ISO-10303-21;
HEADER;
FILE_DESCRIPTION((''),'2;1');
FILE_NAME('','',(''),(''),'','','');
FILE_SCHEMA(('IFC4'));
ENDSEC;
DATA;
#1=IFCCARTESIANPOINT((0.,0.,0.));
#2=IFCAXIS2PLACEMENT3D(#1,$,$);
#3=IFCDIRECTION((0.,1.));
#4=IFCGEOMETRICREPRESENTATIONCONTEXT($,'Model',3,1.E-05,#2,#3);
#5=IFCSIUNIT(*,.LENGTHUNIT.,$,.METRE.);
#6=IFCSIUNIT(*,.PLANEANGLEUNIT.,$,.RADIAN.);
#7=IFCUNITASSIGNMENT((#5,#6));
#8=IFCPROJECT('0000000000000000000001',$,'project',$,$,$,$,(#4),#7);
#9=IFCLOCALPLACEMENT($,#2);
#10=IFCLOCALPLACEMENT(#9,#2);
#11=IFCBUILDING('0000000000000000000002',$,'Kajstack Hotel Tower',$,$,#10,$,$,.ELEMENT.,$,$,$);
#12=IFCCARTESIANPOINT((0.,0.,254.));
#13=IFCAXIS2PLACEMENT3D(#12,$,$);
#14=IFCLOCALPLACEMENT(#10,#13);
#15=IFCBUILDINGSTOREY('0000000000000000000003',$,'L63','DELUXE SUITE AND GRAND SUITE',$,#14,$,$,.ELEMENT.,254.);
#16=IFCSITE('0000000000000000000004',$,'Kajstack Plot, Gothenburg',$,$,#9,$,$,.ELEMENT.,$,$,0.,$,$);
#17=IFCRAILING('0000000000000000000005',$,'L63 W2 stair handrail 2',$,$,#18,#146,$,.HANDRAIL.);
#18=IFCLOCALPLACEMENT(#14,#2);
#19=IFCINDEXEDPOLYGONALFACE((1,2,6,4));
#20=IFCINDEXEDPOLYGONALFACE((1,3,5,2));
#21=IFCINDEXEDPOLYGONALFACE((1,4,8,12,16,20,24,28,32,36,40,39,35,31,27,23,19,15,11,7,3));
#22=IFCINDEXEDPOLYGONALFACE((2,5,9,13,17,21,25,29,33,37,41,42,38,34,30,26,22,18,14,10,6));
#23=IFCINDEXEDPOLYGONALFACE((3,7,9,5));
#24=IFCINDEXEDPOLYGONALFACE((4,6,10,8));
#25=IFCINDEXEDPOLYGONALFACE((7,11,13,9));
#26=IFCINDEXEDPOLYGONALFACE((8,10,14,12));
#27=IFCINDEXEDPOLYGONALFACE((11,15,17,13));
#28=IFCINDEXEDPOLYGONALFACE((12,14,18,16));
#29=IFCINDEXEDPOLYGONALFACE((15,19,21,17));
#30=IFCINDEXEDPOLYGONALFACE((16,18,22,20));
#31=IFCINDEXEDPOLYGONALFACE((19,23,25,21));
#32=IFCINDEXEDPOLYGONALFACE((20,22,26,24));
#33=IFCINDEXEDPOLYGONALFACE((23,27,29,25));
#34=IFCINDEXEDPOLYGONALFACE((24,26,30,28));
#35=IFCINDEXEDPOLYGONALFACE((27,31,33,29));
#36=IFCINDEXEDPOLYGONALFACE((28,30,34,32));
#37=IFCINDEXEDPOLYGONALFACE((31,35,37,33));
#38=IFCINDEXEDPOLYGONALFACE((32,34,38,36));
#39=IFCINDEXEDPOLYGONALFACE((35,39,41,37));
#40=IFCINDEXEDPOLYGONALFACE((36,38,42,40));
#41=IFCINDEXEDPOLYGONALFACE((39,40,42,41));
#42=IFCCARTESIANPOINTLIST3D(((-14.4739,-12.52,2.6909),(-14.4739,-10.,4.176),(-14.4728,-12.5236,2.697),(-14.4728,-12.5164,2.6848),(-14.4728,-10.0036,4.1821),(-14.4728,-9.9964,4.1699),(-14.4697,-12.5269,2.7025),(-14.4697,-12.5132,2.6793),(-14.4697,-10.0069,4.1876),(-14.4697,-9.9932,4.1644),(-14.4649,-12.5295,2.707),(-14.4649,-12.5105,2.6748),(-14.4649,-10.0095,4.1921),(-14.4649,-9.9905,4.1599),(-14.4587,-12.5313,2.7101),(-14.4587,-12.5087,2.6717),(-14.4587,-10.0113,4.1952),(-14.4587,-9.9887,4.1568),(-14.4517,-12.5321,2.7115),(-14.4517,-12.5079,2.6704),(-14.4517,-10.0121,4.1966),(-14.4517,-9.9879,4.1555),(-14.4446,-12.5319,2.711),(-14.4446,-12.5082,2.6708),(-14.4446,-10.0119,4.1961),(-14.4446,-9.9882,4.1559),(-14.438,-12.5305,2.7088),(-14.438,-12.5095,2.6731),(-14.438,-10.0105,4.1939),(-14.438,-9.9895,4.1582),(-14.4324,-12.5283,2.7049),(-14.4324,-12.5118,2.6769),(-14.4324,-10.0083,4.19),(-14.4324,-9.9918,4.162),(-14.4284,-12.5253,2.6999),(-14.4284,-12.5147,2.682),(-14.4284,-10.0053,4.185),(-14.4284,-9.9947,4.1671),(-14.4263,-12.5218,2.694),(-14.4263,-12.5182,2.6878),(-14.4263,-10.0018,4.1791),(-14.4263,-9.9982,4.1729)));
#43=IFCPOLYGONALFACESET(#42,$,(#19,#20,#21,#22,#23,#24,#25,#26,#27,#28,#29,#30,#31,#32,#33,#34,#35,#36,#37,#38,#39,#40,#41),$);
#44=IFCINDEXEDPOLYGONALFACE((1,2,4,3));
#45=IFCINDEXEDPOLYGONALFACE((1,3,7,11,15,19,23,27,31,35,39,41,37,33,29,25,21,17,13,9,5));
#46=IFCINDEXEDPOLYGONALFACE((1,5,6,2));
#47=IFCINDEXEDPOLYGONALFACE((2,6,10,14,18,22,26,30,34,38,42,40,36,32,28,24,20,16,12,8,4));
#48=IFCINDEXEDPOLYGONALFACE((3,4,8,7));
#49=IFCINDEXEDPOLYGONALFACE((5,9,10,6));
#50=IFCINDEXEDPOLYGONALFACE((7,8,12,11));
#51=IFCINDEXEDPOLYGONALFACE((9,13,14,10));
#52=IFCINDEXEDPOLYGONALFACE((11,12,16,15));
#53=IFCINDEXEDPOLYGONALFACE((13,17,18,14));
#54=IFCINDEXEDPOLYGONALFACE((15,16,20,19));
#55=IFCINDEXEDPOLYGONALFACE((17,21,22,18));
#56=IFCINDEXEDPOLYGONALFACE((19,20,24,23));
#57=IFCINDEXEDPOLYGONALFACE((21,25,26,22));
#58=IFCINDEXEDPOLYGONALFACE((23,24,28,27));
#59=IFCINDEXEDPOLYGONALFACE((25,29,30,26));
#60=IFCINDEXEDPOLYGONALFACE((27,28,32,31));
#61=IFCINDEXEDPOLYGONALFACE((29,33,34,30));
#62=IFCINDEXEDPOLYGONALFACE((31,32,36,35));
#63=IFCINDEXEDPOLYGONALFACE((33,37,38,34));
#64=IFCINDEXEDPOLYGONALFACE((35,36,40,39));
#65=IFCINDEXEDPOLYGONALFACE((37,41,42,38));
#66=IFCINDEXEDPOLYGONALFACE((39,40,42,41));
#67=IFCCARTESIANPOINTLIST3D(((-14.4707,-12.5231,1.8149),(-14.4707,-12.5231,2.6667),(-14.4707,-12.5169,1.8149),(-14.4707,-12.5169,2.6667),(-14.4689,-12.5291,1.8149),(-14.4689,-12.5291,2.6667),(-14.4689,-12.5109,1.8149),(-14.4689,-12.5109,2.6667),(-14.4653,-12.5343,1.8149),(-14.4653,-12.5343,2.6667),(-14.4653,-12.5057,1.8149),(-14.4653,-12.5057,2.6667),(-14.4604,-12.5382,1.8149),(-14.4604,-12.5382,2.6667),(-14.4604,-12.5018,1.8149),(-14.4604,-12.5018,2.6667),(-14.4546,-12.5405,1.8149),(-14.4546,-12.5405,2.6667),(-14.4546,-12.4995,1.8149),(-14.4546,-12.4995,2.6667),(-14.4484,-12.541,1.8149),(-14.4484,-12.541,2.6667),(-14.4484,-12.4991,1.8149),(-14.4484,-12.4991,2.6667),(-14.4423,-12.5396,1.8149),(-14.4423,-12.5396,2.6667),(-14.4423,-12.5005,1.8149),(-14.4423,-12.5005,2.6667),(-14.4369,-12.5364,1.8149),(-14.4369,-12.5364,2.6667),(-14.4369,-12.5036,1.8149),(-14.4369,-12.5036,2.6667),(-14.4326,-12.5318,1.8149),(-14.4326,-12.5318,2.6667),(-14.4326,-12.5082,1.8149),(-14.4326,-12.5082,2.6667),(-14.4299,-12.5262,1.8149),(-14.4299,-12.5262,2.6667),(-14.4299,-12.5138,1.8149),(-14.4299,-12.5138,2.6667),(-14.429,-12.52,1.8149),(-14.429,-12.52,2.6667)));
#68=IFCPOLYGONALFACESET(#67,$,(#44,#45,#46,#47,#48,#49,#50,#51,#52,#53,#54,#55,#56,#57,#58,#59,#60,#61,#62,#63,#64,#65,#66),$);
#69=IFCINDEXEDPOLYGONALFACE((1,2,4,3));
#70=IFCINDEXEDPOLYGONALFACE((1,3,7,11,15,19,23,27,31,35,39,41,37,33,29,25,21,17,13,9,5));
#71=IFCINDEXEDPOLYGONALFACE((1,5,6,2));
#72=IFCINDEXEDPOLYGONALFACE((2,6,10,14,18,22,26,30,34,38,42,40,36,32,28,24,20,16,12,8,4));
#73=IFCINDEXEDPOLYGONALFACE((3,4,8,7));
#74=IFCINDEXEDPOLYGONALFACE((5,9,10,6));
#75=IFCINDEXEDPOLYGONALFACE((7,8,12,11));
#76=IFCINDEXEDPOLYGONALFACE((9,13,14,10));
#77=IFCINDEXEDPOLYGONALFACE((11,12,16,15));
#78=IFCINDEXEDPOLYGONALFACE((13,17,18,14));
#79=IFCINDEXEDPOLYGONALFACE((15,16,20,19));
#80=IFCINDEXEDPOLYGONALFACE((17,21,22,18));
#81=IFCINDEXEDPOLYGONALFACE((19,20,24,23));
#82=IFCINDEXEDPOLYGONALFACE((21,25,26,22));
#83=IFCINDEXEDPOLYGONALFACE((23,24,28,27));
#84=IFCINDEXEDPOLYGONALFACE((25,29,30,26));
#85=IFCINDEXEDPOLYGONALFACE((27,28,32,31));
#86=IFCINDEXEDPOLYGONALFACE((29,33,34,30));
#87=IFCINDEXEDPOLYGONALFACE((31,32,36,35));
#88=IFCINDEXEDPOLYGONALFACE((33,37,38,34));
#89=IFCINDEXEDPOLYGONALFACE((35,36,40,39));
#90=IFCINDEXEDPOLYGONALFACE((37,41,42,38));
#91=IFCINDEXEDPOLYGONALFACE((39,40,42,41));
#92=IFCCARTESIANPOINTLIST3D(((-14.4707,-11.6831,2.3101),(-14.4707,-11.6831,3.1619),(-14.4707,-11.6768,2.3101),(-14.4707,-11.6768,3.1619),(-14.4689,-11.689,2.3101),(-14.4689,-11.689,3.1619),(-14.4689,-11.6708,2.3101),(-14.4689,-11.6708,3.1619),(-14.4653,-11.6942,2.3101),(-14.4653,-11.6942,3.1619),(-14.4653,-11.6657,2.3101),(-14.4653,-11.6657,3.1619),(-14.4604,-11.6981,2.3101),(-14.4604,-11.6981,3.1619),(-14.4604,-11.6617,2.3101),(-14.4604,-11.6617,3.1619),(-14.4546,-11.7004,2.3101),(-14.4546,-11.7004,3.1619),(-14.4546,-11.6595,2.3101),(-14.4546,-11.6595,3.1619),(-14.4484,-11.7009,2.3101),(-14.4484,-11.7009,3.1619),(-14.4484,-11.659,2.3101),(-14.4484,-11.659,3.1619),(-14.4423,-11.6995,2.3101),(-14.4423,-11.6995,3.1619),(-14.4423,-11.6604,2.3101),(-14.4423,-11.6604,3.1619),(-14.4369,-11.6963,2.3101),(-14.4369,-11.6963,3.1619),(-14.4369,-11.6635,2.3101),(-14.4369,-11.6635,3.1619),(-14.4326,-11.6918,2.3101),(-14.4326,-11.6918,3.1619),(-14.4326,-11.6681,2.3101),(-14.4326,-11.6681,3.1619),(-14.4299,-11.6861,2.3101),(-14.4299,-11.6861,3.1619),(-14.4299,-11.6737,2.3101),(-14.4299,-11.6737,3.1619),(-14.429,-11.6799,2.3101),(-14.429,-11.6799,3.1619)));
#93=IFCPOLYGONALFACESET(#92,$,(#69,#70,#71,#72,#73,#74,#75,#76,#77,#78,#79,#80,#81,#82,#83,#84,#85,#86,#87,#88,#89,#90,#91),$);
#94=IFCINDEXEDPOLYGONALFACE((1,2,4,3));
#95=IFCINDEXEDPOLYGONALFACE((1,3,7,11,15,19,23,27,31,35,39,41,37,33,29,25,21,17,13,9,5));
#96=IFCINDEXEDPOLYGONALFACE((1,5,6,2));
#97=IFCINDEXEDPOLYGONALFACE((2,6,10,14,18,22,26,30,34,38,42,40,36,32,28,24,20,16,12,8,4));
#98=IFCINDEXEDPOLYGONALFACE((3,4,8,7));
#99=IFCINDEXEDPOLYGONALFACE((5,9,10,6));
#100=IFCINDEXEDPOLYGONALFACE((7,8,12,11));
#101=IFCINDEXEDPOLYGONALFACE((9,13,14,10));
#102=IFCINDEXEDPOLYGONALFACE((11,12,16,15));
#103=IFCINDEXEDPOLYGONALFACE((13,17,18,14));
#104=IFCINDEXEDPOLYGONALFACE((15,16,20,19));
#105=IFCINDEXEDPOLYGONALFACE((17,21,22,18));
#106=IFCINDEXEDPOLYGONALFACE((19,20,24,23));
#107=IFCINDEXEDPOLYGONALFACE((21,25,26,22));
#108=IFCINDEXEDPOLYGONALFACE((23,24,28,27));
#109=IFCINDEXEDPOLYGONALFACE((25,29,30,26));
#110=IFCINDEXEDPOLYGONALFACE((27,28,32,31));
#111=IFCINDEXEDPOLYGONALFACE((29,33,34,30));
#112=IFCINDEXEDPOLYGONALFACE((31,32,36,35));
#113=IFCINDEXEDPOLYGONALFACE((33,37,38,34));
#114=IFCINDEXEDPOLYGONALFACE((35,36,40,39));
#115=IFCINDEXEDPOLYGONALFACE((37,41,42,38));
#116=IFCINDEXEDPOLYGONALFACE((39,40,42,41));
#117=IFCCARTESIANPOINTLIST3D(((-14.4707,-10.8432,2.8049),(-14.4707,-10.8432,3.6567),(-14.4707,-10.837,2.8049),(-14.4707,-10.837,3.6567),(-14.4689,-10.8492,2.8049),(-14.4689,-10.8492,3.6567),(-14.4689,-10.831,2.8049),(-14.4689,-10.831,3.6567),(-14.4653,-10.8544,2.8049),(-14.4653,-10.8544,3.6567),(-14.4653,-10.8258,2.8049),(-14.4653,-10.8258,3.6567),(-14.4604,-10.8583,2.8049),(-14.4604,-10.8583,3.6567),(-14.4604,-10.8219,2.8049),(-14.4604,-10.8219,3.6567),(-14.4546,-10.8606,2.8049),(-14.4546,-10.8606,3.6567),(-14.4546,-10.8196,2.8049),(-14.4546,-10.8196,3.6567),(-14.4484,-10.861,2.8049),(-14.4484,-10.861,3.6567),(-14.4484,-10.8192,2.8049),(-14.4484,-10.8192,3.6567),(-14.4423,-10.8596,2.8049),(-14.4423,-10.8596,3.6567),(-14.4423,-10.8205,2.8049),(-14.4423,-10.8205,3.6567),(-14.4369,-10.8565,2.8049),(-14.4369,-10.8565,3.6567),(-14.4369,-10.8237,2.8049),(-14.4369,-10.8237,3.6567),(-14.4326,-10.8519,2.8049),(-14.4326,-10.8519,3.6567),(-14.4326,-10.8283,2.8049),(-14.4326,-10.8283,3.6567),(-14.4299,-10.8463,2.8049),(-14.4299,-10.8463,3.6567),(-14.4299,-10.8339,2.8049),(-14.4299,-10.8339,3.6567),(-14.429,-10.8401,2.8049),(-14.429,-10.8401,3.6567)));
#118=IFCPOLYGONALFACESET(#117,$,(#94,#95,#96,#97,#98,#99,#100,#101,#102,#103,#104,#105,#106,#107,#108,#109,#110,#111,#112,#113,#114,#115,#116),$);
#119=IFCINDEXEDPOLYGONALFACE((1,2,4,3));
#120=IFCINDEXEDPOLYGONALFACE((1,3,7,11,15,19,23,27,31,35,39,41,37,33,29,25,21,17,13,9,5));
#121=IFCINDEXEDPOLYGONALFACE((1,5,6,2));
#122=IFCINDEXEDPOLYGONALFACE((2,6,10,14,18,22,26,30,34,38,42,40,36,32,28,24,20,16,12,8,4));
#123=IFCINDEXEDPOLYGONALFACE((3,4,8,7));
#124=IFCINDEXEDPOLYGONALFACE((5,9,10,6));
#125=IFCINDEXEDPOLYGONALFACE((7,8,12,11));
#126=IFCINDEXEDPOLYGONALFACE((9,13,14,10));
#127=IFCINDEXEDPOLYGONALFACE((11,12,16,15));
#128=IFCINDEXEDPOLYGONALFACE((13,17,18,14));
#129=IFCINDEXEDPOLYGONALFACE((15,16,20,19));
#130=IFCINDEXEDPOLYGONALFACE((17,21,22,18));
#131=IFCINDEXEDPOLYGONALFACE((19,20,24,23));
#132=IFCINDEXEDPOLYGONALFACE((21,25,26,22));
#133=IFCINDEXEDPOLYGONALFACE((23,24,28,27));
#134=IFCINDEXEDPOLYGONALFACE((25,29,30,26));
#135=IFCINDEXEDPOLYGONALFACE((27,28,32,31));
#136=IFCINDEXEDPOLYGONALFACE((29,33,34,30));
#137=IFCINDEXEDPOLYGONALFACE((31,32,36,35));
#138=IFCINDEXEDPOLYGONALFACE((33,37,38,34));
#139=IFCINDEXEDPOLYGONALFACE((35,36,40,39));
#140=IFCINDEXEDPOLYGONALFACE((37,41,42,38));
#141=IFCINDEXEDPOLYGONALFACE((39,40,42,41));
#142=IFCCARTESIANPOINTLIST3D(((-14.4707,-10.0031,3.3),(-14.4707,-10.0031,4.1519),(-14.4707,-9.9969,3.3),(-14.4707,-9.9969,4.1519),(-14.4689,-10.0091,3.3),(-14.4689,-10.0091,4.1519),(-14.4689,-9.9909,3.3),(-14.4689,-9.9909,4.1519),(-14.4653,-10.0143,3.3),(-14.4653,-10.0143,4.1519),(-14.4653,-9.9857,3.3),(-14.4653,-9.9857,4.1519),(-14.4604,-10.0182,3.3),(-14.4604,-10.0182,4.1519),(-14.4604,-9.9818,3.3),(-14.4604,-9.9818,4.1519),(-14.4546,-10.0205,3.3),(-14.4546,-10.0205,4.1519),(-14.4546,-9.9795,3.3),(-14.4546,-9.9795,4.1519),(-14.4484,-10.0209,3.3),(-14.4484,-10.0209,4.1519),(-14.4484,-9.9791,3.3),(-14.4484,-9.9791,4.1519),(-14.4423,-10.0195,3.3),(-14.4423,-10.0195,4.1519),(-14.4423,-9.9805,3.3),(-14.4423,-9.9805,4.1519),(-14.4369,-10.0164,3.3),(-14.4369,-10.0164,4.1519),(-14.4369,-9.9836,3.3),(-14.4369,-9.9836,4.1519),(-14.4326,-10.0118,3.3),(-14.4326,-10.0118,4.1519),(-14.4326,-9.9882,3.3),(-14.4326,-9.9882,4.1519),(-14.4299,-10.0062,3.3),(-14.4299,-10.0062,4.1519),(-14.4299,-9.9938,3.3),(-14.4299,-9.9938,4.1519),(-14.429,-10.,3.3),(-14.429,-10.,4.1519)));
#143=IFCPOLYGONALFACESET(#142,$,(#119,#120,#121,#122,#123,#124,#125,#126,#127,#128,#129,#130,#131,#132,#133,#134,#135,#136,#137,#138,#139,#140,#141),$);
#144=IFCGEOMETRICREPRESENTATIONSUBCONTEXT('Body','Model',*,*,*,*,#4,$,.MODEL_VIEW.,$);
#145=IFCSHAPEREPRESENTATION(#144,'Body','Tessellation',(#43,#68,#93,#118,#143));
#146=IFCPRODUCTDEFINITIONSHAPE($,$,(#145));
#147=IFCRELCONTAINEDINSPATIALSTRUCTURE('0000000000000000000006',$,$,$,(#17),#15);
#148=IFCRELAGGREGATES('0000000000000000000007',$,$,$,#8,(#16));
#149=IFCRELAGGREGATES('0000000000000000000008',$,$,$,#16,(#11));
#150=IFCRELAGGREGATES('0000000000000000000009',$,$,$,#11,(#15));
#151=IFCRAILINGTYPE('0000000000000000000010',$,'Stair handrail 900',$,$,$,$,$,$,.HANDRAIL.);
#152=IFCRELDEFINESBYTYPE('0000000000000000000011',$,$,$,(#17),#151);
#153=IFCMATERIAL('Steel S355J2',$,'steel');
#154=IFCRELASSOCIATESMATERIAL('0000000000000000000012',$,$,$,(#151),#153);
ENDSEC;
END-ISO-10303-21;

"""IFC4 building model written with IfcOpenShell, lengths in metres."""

from ifc_helpers import new_model, si_unit, direction, frame, origin, origin_2d, place, context, subcontext, project, spatial, circle, extrude, material, type_object, element, save


model = new_model("IFC4")

# Units and contexts
model_context = context("Model", 3, precision=1e-05, world=origin(), true_north=direction((0.0, 1.0)))
body_context = subcontext(model_context, "Body", "Model", "MODEL_VIEW")
ifc_project = project(units=[si_unit("LENGTHUNIT", "METRE"), si_unit("PLANEANGLEUNIT", "RADIAN")], contexts=[model_context])

# Site, building, storey
site_placement = place(None, origin())
site = spatial("IfcSite", under=ifc_project, at=site_placement, Name="Kajstack Plot, Gothenburg", CompositionType="ELEMENT", RefElevation=0.0)
building_placement = place(site_placement, origin())
building = spatial("IfcBuilding", under=site, at=building_placement, Name="Kajstack Hotel Tower", CompositionType="ELEMENT")
storey_placement = place(building_placement, frame((0.0, 0.0, 254.0)))
storey = spatial("IfcBuildingStorey", under=building, at=storey_placement, Name="L63", Description="DELUXE SUITE AND GRAND SUITE", CompositionType="ELEMENT", Elevation=254.0)

# Railing
ifc_material_1 = material(Name="Steel S355J2", Category="steel")
railing_type = type_object("IfcRailingType", Name="Stair handrail 900", PredefinedType="HANDRAIL", material=ifc_material_1)
railing_placement = place(storey_placement, frame((-14.45, -12.52, 1.8149)))
element("IfcRailing", 1, at=railing_placement, inside=storey, type_object=railing_type, Name="L63 W2 stair handrail 2", PredefinedType="HANDRAIL", context=body_context, shape_type="SweptSolid", body=[
    extrude(circle(Radius=0.0239, at=origin_2d()), frame((0.0, 0.0, 0.876), z_axis=(0.0, 0.861524, 0.507717), x_axis=(-1.0, 0.0, 0.0)), (0.0, 0.0, 1.0), 2.925),
    extrude(circle(Radius=0.021, at=origin_2d()), origin(), (0.0, 0.0, 1.0), 0.8518),
    extrude(circle(Radius=0.021, at=origin_2d()), frame((0.0, 0.8401, 0.4951)), (0.0, 0.0, 1.0), 0.8518),
    extrude(circle(Radius=0.021, at=origin_2d()), frame((0.0, 1.6799, 0.99)), (0.0, 0.0, 1.0), 0.8518),
    extrude(circle(Radius=0.021, at=origin_2d()), frame((0.0, 2.52, 1.4851)), (0.0, 0.0, 1.0), 0.8518),
])

save(model, "model.ifc")
